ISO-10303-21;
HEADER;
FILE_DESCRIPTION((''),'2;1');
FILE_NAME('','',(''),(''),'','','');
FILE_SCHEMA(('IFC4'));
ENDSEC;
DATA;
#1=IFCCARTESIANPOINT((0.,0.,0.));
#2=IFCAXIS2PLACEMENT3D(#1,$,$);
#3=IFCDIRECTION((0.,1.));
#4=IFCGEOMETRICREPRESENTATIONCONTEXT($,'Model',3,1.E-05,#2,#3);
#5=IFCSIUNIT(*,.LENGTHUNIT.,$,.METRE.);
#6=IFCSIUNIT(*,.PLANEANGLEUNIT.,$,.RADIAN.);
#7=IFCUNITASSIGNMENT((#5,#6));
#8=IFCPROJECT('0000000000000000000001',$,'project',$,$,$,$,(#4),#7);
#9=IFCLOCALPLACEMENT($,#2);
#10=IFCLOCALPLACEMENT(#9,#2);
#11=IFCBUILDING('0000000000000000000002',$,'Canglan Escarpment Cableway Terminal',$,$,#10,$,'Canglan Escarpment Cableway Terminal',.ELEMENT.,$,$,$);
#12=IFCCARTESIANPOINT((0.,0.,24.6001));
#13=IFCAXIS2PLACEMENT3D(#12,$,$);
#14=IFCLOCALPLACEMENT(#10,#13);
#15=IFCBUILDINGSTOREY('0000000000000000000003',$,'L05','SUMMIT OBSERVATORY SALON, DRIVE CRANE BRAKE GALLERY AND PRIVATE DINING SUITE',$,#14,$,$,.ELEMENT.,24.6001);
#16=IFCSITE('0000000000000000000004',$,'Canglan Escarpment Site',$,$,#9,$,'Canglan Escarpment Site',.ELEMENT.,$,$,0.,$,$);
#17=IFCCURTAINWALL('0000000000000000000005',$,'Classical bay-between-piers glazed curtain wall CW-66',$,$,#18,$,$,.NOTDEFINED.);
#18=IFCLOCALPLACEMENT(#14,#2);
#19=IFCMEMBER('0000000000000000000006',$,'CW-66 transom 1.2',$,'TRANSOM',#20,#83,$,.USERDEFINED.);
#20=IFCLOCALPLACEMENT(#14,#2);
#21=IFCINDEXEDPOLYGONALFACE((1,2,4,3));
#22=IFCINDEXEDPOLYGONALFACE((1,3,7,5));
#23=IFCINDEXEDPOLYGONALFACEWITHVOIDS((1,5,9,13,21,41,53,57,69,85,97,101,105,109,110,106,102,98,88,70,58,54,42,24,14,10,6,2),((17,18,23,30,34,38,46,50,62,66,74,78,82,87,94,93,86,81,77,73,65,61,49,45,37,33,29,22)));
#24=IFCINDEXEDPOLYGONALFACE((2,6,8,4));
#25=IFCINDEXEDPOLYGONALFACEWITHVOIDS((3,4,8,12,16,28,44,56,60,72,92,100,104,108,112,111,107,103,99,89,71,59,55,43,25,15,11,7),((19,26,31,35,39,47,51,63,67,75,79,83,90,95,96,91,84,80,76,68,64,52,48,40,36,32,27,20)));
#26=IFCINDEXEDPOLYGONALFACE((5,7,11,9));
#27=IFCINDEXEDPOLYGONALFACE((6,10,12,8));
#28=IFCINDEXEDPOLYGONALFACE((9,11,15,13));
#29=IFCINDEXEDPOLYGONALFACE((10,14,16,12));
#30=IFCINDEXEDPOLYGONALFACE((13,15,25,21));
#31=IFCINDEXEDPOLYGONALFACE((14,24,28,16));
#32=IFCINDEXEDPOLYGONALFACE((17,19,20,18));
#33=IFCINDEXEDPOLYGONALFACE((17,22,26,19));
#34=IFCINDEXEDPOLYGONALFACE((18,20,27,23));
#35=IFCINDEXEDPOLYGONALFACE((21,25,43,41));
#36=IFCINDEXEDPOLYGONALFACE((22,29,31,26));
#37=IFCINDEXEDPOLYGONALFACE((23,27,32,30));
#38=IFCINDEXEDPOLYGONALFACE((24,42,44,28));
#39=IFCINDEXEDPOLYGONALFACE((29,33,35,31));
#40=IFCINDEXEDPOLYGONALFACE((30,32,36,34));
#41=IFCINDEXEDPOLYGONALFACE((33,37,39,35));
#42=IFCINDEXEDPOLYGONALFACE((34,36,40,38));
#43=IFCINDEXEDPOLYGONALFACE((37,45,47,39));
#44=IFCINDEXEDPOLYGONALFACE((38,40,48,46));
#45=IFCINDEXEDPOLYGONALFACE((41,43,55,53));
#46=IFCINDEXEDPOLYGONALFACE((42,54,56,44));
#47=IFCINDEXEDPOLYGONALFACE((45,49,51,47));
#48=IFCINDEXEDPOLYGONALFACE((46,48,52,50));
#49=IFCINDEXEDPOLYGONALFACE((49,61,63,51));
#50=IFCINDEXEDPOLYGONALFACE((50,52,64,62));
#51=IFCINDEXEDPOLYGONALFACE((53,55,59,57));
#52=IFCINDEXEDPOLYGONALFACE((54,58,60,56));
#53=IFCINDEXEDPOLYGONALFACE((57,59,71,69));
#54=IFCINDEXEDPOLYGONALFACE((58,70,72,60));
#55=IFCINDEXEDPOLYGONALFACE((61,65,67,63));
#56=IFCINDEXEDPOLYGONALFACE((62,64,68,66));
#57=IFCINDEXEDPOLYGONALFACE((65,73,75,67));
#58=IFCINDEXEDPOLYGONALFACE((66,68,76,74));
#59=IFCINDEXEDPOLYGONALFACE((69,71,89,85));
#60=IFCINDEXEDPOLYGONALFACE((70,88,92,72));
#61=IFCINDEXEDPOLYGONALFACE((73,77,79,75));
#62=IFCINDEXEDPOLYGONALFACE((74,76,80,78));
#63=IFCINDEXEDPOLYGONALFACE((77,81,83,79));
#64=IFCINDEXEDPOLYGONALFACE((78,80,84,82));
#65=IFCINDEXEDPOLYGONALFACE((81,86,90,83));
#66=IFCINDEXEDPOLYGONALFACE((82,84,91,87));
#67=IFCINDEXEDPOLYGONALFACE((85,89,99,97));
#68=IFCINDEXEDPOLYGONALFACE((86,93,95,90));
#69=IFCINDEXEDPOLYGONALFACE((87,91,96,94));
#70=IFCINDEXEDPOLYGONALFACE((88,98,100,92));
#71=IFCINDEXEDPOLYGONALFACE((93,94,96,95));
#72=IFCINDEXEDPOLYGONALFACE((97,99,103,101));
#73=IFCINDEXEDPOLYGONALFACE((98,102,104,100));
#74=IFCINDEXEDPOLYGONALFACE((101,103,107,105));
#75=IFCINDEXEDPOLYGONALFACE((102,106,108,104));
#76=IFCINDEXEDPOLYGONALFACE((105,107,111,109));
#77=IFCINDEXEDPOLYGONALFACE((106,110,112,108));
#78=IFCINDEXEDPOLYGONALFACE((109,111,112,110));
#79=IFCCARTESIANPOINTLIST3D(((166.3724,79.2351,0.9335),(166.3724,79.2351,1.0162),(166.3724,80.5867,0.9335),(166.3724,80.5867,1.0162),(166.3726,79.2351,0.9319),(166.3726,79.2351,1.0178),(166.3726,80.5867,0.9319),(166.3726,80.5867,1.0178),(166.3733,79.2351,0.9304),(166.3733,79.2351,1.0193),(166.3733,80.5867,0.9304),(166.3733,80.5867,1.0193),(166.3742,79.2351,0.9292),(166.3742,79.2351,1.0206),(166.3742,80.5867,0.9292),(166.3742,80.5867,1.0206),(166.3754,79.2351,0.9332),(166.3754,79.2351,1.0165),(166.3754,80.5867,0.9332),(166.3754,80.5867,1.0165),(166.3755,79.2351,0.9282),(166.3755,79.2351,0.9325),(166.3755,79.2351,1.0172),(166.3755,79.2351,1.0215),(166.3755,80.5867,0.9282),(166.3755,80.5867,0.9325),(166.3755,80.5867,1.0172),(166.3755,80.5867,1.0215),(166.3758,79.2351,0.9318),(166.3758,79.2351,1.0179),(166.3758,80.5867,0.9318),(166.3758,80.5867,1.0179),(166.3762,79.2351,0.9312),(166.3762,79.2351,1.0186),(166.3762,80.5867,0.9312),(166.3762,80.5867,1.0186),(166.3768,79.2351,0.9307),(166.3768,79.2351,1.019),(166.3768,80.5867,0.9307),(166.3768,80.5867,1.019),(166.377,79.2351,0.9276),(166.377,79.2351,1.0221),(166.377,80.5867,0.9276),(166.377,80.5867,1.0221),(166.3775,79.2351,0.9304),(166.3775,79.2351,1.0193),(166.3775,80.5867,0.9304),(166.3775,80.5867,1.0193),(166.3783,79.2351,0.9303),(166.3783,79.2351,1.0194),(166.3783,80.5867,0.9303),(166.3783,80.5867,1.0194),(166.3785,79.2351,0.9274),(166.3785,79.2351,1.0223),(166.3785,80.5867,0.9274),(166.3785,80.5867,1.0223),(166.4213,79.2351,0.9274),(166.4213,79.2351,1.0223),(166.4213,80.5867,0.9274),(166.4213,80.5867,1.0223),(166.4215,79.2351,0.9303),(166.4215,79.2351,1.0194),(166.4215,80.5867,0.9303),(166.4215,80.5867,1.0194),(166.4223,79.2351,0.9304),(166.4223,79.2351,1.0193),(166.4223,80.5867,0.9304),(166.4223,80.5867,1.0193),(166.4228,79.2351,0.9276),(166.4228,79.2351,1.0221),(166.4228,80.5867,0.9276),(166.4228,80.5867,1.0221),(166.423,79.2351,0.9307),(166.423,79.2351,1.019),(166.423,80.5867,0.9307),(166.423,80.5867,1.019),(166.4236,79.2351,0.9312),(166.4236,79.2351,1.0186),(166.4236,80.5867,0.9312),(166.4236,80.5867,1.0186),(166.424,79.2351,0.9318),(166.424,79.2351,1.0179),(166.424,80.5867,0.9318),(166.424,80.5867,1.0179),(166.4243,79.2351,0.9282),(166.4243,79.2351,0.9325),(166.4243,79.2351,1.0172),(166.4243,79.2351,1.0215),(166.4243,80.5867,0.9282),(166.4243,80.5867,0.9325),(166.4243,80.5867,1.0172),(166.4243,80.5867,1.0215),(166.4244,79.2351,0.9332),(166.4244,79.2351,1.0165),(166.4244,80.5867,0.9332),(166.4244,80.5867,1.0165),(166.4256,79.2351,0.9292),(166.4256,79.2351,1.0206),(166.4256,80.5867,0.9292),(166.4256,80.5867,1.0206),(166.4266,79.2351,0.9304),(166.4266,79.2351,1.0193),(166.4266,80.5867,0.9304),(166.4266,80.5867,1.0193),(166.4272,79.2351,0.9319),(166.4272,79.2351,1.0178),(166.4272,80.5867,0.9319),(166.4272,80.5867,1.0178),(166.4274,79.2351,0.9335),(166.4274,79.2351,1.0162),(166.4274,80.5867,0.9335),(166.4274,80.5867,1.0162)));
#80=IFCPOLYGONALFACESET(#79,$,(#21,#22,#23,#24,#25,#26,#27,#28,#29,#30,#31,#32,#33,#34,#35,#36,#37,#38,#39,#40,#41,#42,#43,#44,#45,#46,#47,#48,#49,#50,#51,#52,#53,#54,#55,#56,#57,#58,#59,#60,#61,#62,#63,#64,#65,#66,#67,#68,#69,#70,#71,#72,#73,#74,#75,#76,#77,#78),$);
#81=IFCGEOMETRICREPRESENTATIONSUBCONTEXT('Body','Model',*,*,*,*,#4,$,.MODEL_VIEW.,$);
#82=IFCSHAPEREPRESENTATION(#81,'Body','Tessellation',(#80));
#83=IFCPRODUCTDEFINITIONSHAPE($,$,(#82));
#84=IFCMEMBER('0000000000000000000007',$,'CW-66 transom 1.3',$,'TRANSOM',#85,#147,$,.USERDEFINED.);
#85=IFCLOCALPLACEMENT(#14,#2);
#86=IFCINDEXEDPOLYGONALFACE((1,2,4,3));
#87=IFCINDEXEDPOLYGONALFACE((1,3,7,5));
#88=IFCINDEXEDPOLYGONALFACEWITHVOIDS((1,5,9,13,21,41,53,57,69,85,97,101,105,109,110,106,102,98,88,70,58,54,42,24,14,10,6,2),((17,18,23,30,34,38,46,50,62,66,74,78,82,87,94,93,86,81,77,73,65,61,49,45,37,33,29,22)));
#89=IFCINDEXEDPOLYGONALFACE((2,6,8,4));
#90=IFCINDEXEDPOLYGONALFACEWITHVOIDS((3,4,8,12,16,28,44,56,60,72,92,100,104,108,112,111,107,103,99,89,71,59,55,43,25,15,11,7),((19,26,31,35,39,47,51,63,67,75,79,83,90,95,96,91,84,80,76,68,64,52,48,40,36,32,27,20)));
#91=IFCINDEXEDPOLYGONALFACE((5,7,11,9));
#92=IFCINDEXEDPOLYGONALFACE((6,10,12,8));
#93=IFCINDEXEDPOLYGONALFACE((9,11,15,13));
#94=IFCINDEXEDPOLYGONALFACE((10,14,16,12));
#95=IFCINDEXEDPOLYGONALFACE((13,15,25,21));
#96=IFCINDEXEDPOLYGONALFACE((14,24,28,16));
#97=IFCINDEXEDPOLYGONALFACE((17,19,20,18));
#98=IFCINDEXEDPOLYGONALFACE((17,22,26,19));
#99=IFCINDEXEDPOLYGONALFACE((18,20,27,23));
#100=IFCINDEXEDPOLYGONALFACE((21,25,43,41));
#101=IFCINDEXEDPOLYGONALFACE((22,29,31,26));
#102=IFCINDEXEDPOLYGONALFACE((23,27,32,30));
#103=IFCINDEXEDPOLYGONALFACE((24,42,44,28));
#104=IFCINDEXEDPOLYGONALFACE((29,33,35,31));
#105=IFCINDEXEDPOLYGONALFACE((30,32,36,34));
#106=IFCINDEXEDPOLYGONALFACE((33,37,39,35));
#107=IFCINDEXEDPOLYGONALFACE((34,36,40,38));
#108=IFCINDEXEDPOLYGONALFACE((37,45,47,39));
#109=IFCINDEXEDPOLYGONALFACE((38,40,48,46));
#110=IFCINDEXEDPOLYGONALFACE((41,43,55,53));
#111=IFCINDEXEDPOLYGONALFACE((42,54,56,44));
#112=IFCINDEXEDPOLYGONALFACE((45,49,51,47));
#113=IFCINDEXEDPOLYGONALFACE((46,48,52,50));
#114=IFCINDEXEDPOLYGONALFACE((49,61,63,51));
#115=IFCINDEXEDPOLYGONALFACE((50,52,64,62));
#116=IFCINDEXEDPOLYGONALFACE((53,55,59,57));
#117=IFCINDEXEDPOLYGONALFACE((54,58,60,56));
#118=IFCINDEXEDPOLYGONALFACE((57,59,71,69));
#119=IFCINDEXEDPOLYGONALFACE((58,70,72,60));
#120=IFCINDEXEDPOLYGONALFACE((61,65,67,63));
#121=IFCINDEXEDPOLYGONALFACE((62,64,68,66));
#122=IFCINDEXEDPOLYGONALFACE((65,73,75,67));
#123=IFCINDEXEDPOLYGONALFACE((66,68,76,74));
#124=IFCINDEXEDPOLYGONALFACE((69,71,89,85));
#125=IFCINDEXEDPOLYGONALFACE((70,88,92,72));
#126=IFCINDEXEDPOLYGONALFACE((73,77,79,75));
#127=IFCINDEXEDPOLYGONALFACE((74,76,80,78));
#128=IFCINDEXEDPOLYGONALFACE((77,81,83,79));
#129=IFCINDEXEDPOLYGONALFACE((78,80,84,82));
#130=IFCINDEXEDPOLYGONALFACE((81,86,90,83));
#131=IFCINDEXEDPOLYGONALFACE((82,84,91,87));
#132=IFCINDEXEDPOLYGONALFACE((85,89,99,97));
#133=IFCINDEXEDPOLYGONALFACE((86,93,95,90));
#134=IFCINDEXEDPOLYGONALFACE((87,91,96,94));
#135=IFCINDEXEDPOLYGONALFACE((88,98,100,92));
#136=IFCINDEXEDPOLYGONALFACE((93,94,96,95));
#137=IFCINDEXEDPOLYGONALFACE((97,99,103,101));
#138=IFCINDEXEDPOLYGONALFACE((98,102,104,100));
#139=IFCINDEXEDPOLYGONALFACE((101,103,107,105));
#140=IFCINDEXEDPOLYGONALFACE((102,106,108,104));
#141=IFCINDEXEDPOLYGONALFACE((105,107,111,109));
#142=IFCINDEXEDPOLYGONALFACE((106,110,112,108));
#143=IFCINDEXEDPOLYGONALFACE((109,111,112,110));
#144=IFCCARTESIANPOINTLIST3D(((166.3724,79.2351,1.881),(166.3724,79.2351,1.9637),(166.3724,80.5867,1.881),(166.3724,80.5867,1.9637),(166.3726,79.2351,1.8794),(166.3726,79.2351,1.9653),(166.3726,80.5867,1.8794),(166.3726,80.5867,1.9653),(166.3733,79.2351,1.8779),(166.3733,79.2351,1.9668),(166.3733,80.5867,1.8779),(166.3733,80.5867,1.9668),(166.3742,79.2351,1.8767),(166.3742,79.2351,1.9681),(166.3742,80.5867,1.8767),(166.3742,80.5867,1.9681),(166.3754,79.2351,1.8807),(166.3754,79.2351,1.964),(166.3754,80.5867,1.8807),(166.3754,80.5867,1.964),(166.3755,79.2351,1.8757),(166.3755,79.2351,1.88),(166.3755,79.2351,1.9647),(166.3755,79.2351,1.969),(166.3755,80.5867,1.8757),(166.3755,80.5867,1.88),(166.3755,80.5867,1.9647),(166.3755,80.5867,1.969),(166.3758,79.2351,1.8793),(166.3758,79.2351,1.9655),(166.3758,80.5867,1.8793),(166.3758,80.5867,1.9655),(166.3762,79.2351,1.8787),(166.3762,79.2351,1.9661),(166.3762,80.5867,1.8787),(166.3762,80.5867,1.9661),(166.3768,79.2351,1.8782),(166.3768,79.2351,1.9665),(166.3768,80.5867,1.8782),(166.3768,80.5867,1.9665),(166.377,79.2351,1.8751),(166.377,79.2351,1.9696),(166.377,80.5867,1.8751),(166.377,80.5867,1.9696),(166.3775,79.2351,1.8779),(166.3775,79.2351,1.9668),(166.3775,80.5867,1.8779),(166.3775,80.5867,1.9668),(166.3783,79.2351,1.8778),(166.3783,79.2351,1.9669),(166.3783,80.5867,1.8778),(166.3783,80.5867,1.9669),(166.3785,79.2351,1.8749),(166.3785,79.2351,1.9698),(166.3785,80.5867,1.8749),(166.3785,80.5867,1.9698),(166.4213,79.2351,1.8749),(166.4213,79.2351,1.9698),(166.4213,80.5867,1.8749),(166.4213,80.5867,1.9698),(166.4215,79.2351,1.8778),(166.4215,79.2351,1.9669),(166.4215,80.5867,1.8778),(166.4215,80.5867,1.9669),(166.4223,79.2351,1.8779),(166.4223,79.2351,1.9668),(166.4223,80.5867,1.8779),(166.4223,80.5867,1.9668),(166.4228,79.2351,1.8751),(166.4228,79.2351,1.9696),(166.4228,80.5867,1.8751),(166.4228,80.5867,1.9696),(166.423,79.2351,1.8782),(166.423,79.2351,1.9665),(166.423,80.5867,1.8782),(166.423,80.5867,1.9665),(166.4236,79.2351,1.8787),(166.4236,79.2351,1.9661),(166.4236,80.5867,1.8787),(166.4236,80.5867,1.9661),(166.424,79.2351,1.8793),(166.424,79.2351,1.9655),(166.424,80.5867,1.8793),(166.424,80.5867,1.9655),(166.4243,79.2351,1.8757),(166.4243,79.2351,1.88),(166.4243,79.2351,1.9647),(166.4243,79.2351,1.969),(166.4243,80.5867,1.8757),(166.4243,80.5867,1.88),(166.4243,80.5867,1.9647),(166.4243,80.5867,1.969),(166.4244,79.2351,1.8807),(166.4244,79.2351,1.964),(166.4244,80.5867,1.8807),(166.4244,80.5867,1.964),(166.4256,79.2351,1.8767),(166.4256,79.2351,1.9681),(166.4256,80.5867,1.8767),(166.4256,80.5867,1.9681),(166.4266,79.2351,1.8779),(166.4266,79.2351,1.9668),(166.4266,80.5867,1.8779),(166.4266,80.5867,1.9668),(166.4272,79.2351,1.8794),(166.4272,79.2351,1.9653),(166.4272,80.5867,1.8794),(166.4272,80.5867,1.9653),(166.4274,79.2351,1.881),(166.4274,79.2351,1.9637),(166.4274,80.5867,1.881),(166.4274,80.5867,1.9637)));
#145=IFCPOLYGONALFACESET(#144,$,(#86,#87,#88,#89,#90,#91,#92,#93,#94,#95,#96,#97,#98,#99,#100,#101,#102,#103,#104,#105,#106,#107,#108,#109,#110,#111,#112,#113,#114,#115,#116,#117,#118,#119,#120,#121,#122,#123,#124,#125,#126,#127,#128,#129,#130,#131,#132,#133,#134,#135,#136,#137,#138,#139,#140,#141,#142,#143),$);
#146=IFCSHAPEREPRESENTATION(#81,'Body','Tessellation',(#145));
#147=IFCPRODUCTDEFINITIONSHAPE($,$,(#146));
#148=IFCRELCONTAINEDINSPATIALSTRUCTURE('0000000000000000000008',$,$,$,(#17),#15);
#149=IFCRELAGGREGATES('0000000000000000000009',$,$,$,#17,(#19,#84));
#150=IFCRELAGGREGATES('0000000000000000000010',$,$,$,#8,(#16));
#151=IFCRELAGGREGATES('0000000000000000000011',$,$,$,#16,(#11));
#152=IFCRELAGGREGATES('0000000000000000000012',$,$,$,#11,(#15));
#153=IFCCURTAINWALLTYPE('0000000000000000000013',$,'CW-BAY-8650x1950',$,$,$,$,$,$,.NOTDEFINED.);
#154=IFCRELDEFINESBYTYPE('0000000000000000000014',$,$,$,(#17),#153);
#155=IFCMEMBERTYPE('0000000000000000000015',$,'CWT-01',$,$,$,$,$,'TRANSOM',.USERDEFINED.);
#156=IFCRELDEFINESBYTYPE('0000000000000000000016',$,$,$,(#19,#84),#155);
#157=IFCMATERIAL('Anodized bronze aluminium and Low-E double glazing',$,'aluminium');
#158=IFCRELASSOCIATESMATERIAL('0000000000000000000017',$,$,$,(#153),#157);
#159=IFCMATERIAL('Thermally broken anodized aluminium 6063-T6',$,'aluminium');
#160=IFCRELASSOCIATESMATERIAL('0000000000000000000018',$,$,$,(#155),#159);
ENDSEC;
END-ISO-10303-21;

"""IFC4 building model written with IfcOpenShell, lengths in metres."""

from ifc_helpers import new_model, si_unit, direction, frame, origin, origin_2d, place, context, subcontext, project, spatial, hollow_rectangle, extrude, material, material_profile, profile_set, type_object, element, aggregate, save


model = new_model("IFC4")

# Units and contexts
model_context = context("Model", 3, precision=1e-05, world=origin(), true_north=direction((0.0, 1.0)))
body_context = subcontext(model_context, "Body", "Model", "MODEL_VIEW")
ifc_project = project(units=[si_unit("LENGTHUNIT", "METRE"), si_unit("PLANEANGLEUNIT", "RADIAN")], contexts=[model_context])

# Site, building, storey
site_placement = place(None, origin())
site = spatial("IfcSite", under=ifc_project, at=site_placement, Name="Canglan Escarpment Site", LongName="Canglan Escarpment Site", CompositionType="ELEMENT", RefElevation=0.0)
building_placement = place(site_placement, origin())
building = spatial("IfcBuilding", under=site, at=building_placement, Name="Canglan Escarpment Cableway Terminal", LongName="Canglan Escarpment Cableway Terminal", CompositionType="ELEMENT")
storey_placement = place(building_placement, frame((0.0, 0.0, 24.6001)))
storey = spatial("IfcBuildingStorey", under=building, at=storey_placement, Name="L05", Description="SUMMIT OBSERVATORY SALON, DRIVE CRANE BRAKE GALLERY AND PRIVATE DINING SUITE", CompositionType="ELEMENT", Elevation=24.6001)

# Curtain wall
ifc_material_1 = material(Name="Anodized bronze aluminium and Low-E double glazing", Category="aluminium")
curtain_wall_type = type_object("IfcCurtainWallType", Name="CW-BAY-8650x1950", PredefinedType="NOTDEFINED", material=ifc_material_1)
curtain_wall_1_placement = place(storey_placement, origin())
curtain_wall_1 = element("IfcCurtainWall", 1, at=curtain_wall_1_placement, inside=storey, type_object=curtain_wall_type, Name="Classical bay-between-piers glazed curtain wall CW-66", PredefinedType="NOTDEFINED")
ifc_material_2 = material(Name="Thermally broken anodized aluminium 6063-T6", Category="aluminium")

# Members
ifc_material_profile_1 = material_profile(ifc_material_2, hollow_rectangle(XDim=0.0549, YDim=0.095, WallThickness=0.0029, InnerFilletRadius=0.0029, OuterFilletRadius=0.0061, at=origin_2d()), Name="ALU-TRAN 55x95x3")
ifc_profile_set_1 = profile_set([ifc_material_profile_1], Name="Thermally broken anodized aluminium 6063-T6")
member_type_1 = type_object("IfcMemberType", Name="CWT-01", ElementType="TRANSOM", PredefinedType="USERDEFINED", material=ifc_profile_set_1)
member_1_placement = place(storey_placement, frame((166.3999, 79.2351, 0.9749), z_axis=(0.0, 1.0, 0.0), x_axis=(-1.0, 0.0, 0.0)))
member_1 = element("IfcMember", 2, at=member_1_placement, type_object=member_type_1, Name="CW-66 transom 1.2", ObjectType="TRANSOM", PredefinedType="USERDEFINED", context=body_context, shape_type="SweptSolid", body=[
    extrude(hollow_rectangle(XDim=0.0549, YDim=0.095, WallThickness=0.0029, InnerFilletRadius=0.0029, OuterFilletRadius=0.0061, at=origin_2d()), origin(), (0.0, 0.0, 1.0), 1.3516),
])
member_2_placement = place(storey_placement, frame((166.3999, 79.2351, 1.9224), z_axis=(0.0, 1.0, 0.0), x_axis=(-1.0, 0.0, 0.0)))
member_2 = element("IfcMember", 3, at=member_2_placement, type_object=member_type_1, Name="CW-66 transom 1.3", ObjectType="TRANSOM", PredefinedType="USERDEFINED", context=body_context, shape_type="SweptSolid", body=[
    extrude(hollow_rectangle(XDim=0.0549, YDim=0.095, WallThickness=0.0029, InnerFilletRadius=0.0029, OuterFilletRadius=0.0061, at=origin_2d()), origin(), (0.0, 0.0, 1.0), 1.3516),
])

aggregate(curtain_wall_1, [member_1, member_2])

save(model, "model.ifc")
